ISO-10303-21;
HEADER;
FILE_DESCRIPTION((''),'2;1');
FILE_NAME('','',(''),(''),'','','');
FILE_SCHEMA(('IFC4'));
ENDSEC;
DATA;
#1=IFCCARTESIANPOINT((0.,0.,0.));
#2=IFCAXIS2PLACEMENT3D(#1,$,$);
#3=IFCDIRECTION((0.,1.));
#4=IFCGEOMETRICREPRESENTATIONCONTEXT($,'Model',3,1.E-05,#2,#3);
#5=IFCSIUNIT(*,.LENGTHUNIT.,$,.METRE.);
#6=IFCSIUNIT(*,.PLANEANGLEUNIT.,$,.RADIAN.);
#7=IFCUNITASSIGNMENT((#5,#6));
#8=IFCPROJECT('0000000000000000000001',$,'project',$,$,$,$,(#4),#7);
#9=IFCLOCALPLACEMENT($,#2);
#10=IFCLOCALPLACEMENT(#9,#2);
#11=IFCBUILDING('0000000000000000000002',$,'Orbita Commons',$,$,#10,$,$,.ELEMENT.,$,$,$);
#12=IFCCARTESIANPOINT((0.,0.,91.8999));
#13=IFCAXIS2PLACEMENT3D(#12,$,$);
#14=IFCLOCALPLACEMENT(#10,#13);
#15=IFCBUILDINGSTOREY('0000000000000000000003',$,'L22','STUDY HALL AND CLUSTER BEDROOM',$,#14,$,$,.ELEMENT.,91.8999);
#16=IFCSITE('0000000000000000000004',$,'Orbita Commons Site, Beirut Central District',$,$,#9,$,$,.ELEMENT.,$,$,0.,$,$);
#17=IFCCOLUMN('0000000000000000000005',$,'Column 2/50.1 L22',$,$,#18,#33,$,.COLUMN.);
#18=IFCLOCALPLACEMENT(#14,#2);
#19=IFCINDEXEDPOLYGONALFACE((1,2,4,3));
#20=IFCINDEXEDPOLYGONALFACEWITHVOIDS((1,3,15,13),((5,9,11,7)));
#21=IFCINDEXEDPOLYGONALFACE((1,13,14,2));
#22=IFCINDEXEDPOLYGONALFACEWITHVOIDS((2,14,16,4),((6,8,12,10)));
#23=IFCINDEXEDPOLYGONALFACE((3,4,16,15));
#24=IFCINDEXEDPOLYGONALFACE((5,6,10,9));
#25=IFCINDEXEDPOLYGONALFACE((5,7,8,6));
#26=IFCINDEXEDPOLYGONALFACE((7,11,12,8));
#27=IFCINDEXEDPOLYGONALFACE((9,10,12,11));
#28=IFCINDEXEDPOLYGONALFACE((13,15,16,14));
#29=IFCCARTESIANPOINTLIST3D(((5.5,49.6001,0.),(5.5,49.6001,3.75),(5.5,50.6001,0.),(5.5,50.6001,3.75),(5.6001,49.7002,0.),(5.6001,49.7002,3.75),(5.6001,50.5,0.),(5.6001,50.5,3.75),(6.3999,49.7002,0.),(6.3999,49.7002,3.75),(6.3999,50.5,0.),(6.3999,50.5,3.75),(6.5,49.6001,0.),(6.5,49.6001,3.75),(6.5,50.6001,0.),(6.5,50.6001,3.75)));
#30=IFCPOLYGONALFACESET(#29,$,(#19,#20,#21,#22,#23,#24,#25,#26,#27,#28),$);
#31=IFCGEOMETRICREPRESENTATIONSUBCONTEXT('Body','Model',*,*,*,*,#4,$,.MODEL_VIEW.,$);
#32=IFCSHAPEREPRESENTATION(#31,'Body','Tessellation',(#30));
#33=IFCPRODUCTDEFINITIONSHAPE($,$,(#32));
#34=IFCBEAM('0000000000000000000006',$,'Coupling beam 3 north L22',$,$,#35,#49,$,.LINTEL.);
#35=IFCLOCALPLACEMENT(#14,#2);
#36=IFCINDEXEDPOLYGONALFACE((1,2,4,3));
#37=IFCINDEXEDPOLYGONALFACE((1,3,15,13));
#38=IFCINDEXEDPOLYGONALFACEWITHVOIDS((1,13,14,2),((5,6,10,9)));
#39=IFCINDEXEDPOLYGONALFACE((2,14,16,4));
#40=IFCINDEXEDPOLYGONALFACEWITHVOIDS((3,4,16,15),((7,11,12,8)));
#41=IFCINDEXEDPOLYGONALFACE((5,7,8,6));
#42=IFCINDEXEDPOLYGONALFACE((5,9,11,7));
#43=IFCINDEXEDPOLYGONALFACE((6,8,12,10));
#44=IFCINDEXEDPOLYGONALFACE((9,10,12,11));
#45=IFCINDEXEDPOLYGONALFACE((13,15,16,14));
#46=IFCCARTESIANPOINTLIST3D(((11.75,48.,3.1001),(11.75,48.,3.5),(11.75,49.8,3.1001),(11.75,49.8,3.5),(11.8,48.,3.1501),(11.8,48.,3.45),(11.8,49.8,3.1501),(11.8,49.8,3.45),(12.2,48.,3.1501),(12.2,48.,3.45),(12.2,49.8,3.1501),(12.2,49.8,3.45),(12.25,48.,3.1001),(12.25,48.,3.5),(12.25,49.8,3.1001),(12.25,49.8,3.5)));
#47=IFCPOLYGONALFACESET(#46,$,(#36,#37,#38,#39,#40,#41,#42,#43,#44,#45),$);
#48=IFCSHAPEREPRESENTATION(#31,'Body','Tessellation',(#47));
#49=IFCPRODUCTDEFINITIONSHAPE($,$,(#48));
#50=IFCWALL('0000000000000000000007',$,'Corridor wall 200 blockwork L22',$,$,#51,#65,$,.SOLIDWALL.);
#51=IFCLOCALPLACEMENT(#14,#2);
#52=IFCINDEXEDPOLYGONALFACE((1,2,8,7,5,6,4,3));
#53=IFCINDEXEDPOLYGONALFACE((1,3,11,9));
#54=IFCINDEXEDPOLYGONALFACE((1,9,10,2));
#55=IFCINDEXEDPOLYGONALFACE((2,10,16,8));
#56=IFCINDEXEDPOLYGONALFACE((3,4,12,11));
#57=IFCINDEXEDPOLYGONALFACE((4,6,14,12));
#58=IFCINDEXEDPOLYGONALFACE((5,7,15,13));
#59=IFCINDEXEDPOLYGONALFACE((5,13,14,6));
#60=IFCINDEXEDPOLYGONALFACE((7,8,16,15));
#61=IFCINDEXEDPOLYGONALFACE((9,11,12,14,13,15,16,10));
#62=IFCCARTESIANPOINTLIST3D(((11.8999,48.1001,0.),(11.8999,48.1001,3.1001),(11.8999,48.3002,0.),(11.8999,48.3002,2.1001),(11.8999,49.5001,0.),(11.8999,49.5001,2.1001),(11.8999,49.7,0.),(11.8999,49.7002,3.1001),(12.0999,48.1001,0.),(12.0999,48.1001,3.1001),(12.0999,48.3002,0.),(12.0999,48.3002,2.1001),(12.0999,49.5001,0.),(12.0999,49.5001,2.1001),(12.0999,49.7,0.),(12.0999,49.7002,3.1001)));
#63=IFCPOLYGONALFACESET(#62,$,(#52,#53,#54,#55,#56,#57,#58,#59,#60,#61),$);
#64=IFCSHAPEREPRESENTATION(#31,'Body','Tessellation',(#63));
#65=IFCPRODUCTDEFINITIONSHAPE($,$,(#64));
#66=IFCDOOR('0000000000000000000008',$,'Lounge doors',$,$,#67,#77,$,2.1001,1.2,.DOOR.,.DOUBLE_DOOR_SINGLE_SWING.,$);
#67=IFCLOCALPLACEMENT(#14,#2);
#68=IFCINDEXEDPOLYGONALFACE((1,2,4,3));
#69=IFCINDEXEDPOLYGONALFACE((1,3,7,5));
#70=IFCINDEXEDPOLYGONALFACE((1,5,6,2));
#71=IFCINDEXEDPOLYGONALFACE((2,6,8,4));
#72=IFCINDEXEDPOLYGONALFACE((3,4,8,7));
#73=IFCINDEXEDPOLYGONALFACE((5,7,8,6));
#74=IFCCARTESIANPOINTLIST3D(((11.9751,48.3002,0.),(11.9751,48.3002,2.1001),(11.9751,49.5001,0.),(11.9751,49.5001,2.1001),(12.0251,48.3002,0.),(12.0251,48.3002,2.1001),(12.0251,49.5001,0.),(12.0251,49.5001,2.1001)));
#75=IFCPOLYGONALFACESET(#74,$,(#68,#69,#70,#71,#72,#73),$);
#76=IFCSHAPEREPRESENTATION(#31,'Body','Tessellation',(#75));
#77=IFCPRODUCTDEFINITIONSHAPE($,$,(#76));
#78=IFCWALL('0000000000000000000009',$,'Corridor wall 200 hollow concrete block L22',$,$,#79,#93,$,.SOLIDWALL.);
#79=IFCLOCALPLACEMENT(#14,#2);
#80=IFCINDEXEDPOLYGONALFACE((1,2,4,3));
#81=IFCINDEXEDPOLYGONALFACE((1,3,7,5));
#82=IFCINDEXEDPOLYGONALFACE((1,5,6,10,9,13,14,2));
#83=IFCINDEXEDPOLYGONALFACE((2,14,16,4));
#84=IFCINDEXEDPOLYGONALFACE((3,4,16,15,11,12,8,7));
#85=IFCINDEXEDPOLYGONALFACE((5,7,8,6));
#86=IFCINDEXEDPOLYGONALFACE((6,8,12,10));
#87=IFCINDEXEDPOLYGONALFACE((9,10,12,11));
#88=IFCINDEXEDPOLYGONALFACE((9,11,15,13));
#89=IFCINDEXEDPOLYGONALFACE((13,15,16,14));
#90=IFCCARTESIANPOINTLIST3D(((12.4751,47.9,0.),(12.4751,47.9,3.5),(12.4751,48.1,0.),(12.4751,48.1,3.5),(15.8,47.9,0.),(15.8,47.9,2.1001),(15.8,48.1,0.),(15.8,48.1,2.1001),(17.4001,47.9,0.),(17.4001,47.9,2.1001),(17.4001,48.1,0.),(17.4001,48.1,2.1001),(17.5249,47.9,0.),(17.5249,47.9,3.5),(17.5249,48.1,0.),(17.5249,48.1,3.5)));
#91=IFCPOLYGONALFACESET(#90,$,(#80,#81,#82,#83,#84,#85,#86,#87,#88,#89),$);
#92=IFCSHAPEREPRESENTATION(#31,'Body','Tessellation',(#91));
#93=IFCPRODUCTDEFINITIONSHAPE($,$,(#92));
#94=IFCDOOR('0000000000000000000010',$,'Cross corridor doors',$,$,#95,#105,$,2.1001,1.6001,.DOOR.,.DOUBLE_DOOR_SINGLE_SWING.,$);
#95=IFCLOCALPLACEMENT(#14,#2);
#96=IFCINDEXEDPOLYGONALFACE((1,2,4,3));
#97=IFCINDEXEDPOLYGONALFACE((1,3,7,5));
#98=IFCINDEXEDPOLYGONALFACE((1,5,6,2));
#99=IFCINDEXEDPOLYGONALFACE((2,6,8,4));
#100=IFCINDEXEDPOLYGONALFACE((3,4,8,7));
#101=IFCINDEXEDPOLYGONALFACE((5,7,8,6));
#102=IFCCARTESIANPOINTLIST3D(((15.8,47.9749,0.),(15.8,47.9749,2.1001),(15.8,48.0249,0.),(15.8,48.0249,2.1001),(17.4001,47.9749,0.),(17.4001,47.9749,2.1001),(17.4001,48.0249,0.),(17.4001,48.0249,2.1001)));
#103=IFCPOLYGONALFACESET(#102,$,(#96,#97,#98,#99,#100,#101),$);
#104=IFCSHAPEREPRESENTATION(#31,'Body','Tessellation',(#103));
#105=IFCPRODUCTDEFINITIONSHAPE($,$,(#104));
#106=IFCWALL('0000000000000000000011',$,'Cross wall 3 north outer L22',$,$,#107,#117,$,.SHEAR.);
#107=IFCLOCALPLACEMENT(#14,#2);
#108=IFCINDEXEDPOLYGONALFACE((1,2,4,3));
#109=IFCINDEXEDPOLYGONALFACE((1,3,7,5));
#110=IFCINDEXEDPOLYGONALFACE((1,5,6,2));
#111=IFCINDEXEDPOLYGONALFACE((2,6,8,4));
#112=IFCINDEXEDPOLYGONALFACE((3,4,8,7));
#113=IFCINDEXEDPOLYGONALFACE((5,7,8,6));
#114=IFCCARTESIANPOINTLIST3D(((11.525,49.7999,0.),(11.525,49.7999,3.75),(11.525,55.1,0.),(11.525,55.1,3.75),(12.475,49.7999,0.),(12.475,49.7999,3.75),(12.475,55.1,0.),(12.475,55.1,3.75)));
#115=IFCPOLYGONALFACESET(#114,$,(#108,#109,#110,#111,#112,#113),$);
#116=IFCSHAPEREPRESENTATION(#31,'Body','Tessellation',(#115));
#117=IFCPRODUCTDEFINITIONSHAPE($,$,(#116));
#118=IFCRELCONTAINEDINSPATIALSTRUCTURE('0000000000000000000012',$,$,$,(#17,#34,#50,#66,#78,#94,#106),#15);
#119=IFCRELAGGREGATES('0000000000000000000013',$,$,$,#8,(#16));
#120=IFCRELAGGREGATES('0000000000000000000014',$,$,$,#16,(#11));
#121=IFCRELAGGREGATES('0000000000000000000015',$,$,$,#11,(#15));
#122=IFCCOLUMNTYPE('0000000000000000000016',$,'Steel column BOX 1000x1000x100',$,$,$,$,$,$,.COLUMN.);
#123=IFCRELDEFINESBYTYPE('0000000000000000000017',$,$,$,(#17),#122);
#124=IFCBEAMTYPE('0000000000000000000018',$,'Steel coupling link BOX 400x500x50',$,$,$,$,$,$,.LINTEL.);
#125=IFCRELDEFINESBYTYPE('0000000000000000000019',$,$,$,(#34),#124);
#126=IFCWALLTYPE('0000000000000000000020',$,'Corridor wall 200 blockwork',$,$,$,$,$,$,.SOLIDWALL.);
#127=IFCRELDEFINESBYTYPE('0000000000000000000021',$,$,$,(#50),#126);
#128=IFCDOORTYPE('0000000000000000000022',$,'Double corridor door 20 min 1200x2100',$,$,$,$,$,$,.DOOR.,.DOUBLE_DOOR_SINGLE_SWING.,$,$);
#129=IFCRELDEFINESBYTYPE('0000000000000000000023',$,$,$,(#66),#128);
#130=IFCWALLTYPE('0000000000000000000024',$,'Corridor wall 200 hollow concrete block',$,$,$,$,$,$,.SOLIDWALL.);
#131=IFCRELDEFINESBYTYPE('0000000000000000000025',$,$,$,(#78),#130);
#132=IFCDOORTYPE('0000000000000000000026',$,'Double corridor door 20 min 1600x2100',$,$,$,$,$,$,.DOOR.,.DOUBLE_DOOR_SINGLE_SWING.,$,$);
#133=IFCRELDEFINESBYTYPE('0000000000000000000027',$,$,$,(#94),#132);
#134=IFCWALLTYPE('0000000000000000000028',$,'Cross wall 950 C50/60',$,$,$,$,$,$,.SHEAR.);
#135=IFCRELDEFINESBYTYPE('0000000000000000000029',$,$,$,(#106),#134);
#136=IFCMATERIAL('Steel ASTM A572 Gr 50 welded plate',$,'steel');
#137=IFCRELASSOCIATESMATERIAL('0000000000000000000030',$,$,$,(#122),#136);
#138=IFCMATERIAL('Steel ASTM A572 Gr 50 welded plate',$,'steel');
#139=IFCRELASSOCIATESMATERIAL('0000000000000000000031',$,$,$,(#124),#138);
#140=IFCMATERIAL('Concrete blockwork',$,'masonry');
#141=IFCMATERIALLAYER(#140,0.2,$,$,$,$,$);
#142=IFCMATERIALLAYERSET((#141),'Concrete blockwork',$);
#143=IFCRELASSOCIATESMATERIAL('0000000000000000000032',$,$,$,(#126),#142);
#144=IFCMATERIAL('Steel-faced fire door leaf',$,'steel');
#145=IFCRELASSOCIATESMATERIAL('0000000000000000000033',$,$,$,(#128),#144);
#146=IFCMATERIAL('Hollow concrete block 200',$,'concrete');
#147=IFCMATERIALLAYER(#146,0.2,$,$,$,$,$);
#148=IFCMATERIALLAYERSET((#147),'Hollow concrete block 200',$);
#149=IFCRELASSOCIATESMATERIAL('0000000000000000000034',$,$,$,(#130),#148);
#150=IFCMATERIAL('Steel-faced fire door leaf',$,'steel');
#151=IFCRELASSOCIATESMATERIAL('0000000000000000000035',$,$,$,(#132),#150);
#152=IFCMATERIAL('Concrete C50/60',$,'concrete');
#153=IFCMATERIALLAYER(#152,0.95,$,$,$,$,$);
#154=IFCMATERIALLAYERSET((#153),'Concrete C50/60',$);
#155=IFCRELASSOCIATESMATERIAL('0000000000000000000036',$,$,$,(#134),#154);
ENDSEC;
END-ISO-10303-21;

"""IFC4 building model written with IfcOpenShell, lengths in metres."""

from ifc_helpers import new_model, si_unit, direction, frame, frame_2d, origin, origin_2d, place, context, subcontext, project, spatial, polyline, rectangle, hollow_rectangle, outline, extrude, material, layer, layer_set, material_profile, profile_set, type_object, element, fill, save


model = new_model("IFC4")

# Units and contexts
model_context = context("Model", 3, precision=1e-05, world=origin(), true_north=direction((0.0, 1.0)))
body_context = subcontext(model_context, "Body", "Model", "MODEL_VIEW")
ifc_project = project(units=[si_unit("LENGTHUNIT", "METRE"), si_unit("PLANEANGLEUNIT", "RADIAN")], contexts=[model_context])

# Site, building, storey
site_placement = place(None, origin())
site = spatial("IfcSite", under=ifc_project, at=site_placement, Name="Orbita Commons Site, Beirut Central District", CompositionType="ELEMENT", RefElevation=0.0)
building_placement = place(site_placement, origin())
building = spatial("IfcBuilding", under=site, at=building_placement, Name="Orbita Commons", CompositionType="ELEMENT")
storey_placement = place(building_placement, frame((0.0, 0.0, 91.8999)))
storey = spatial("IfcBuildingStorey", under=building, at=storey_placement, Name="L22", Description="STUDY HALL AND CLUSTER BEDROOM", CompositionType="ELEMENT", Elevation=91.8999)

# Column
ifc_material_1 = material(Name="Steel ASTM A572 Gr 50 welded plate", Category="steel")
ifc_material_profile_1 = material_profile(ifc_material_1, hollow_rectangle(XDim=1.0, YDim=1.0, WallThickness=0.1001, at=origin_2d()), Name="BOX 1000x1000x100")
ifc_profile_set_1 = profile_set([ifc_material_profile_1], Name="Steel ASTM A572 Gr 50 welded plate")
column_type = type_object("IfcColumnType", Name="Steel column BOX 1000x1000x100", PredefinedType="COLUMN", material=ifc_profile_set_1)
column_placement = place(storey_placement, frame((6.0, 50.1001, 0.0), z_axis=(0.0, 0.0, 1.0), x_axis=(1.0, 0.0, 0.0)))
element("IfcColumn", 1, at=column_placement, inside=storey, type_object=column_type, Name="Column 2/50.1 L22", PredefinedType="COLUMN", context=body_context, shape_type="SweptSolid", body=[
    extrude(hollow_rectangle(XDim=1.0, YDim=1.0, WallThickness=0.1001, at=origin_2d()), origin(), (0.0, 0.0, 1.0), 3.75),
])

# Beam
ifc_material_2 = material(Name="Steel ASTM A572 Gr 50 welded plate", Category="steel")
ifc_material_profile_2 = material_profile(ifc_material_2, hollow_rectangle(XDim=0.5, YDim=0.3999, WallThickness=0.05, at=origin_2d()), Name="BOX 400x500x50")
ifc_profile_set_2 = profile_set([ifc_material_profile_2], Name="Steel ASTM A572 Gr 50 welded plate")
beam_type = type_object("IfcBeamType", Name="Steel coupling link BOX 400x500x50", PredefinedType="LINTEL", material=ifc_profile_set_2)
beam_placement = place(storey_placement, frame((12.0, 48.0, 3.3), z_axis=(0.0, 1.0, 0.0), x_axis=(-1.0, 0.0, 0.0)))
element("IfcBeam", 2, at=beam_placement, inside=storey, type_object=beam_type, Name="Coupling beam 3 north L22", PredefinedType="LINTEL", context=body_context, shape_type="SweptSolid", body=[
    extrude(hollow_rectangle(XDim=0.5, YDim=0.3999, WallThickness=0.05, at=origin_2d()), origin(), (0.0, 0.0, 1.0), 1.8),
])

# Walls, openings, doors
ifc_material_3 = material(Name="Concrete blockwork", Category="masonry")
ifc_layer_1 = layer(ifc_material_3, 0.2)
ifc_layer_set_1 = layer_set([ifc_layer_1], Name="Concrete blockwork")
wall_type_1 = type_object("IfcWallType", Name="Corridor wall 200 blockwork", PredefinedType="SOLIDWALL", material=ifc_layer_set_1)
wall_1_placement = place(storey_placement, frame((12.0, 48.1001, 0.0), z_axis=(0.0, 0.0, 1.0), x_axis=(0.0, 1.0, 0.0)))
wall_1 = element("IfcWall", 3, at=wall_1_placement, inside=storey, type_object=wall_type_1, Name="Corridor wall 200 blockwork L22", PredefinedType="SOLIDWALL", context=body_context, shape_type="SweptSolid", body=[
    extrude(outline(polyline([(0.0, 0.0), (1.5999, 0.0), (1.6001, 3.1001), (0.0, 3.1001), (0.0, 0.0)])), frame((0.0, 0.1001, 0.0), z_axis=(0.0, -1.0, 0.0), x_axis=(1.0, 0.0, 0.0)), (0.0, 0.0, 1.0), 0.2),
])
opening_1_placement = place(wall_1_placement, frame((0.2, 0.0, 0.0)))
opening_1 = element("IfcOpeningElement", 4, at=opening_1_placement, cuts=wall_1, PredefinedType="OPENING", context=body_context, shape_type="SweptSolid", body=[
    extrude(rectangle(XDim=1.2, YDim=2.1001, at=frame_2d((0.6001, 1.05))), frame((0.0, 0.1099, 0.0), z_axis=(0.0, -1.0, 0.0), x_axis=(1.0, 0.0, 0.0)), (0.0, 0.0, 1.0), 0.22),
])
ifc_material_4 = material(Name="Steel-faced fire door leaf", Category="steel")
door_type_1 = type_object("IfcDoorType", Name="Double corridor door 20 min 1200x2100", OperationType="DOUBLE_DOOR_SINGLE_SWING", PredefinedType="DOOR", material=ifc_material_4)
door_1_placement = place(opening_1_placement, origin())
door_1 = element("IfcDoor", 5, at=door_1_placement, inside=storey, type_object=door_type_1, Name="Lounge doors", OperationType="DOUBLE_DOOR_SINGLE_SWING", OverallHeight=2.1001, OverallWidth=1.2, PredefinedType="DOOR", context=body_context, shape_type="SweptSolid", body=[
    extrude(rectangle(XDim=1.2, YDim=2.1001, at=frame_2d((0.6001, 1.05))), frame((0.0, 0.0249, 0.0), z_axis=(0.0, -1.0, 0.0), x_axis=(1.0, 0.0, 0.0)), (0.0, 0.0, 1.0), 0.05),
])
fill(opening_1, door_1)
ifc_material_5 = material(Name="Hollow concrete block 200", Category="concrete")
ifc_layer_2 = layer(ifc_material_5, 0.2)
ifc_layer_set_2 = layer_set([ifc_layer_2], Name="Hollow concrete block 200")
wall_type_2 = type_object("IfcWallType", Name="Corridor wall 200 hollow concrete block", PredefinedType="SOLIDWALL", material=ifc_layer_set_2)
wall_2_placement = place(storey_placement, frame((12.4751, 48.0, 0.0), z_axis=(0.0, 0.0, 1.0), x_axis=(1.0, 0.0, 0.0)))
wall_2 = element("IfcWall", 6, at=wall_2_placement, inside=storey, type_object=wall_type_2, Name="Corridor wall 200 hollow concrete block L22", PredefinedType="SOLIDWALL", context=body_context, shape_type="SweptSolid", body=[
    extrude(rectangle(XDim=5.0498, YDim=0.2, at=frame_2d((2.5249, 0.0))), origin(), (0.0, 0.0, 1.0), 3.5),
])
opening_2_placement = place(wall_2_placement, frame((3.325, 0.0, 0.0)))
opening_2 = element("IfcOpeningElement", 7, at=opening_2_placement, cuts=wall_2, PredefinedType="OPENING", context=body_context, shape_type="SweptSolid", body=[
    extrude(rectangle(XDim=1.6001, YDim=2.1001, at=frame_2d((0.8, 1.05))), frame((0.0, 0.1099, 0.0), z_axis=(0.0, -1.0, 0.0), x_axis=(1.0, 0.0, 0.0)), (0.0, 0.0, 1.0), 0.22),
])
ifc_material_6 = material(Name="Steel-faced fire door leaf", Category="steel")
door_type_2 = type_object("IfcDoorType", Name="Double corridor door 20 min 1600x2100", OperationType="DOUBLE_DOOR_SINGLE_SWING", PredefinedType="DOOR", material=ifc_material_6)
door_2_placement = place(opening_2_placement, origin())
door_2 = element("IfcDoor", 8, at=door_2_placement, inside=storey, type_object=door_type_2, Name="Cross corridor doors", OperationType="DOUBLE_DOOR_SINGLE_SWING", OverallHeight=2.1001, OverallWidth=1.6001, PredefinedType="DOOR", context=body_context, shape_type="SweptSolid", body=[
    extrude(rectangle(XDim=1.6001, YDim=2.1001, at=frame_2d((0.8, 1.05))), frame((0.0, 0.0249, 0.0), z_axis=(0.0, -1.0, 0.0), x_axis=(1.0, 0.0, 0.0)), (0.0, 0.0, 1.0), 0.05),
])
fill(opening_2, door_2)

# Wall
ifc_material_7 = material(Name="Concrete C50/60", Category="concrete")
ifc_layer_3 = layer(ifc_material_7, 0.95)
ifc_layer_set_3 = layer_set([ifc_layer_3], Name="Concrete C50/60")
wall_type_3 = type_object("IfcWallType", Name="Cross wall 950 C50/60", PredefinedType="SHEAR", material=ifc_layer_set_3)
wall_3_placement = place(storey_placement, frame((12.0, 49.8, 0.0), z_axis=(0.0, 0.0, 1.0), x_axis=(0.0, 1.0, 0.0)))
element("IfcWall", 9, at=wall_3_placement, inside=storey, type_object=wall_type_3, Name="Cross wall 3 north outer L22", PredefinedType="SHEAR", context=body_context, shape_type="SweptSolid", body=[
    extrude(rectangle(XDim=5.3, YDim=0.95, at=frame_2d((2.6499, 0.0))), origin(), (0.0, 0.0, 1.0), 3.75),
])

save(model, "model.ifc")
